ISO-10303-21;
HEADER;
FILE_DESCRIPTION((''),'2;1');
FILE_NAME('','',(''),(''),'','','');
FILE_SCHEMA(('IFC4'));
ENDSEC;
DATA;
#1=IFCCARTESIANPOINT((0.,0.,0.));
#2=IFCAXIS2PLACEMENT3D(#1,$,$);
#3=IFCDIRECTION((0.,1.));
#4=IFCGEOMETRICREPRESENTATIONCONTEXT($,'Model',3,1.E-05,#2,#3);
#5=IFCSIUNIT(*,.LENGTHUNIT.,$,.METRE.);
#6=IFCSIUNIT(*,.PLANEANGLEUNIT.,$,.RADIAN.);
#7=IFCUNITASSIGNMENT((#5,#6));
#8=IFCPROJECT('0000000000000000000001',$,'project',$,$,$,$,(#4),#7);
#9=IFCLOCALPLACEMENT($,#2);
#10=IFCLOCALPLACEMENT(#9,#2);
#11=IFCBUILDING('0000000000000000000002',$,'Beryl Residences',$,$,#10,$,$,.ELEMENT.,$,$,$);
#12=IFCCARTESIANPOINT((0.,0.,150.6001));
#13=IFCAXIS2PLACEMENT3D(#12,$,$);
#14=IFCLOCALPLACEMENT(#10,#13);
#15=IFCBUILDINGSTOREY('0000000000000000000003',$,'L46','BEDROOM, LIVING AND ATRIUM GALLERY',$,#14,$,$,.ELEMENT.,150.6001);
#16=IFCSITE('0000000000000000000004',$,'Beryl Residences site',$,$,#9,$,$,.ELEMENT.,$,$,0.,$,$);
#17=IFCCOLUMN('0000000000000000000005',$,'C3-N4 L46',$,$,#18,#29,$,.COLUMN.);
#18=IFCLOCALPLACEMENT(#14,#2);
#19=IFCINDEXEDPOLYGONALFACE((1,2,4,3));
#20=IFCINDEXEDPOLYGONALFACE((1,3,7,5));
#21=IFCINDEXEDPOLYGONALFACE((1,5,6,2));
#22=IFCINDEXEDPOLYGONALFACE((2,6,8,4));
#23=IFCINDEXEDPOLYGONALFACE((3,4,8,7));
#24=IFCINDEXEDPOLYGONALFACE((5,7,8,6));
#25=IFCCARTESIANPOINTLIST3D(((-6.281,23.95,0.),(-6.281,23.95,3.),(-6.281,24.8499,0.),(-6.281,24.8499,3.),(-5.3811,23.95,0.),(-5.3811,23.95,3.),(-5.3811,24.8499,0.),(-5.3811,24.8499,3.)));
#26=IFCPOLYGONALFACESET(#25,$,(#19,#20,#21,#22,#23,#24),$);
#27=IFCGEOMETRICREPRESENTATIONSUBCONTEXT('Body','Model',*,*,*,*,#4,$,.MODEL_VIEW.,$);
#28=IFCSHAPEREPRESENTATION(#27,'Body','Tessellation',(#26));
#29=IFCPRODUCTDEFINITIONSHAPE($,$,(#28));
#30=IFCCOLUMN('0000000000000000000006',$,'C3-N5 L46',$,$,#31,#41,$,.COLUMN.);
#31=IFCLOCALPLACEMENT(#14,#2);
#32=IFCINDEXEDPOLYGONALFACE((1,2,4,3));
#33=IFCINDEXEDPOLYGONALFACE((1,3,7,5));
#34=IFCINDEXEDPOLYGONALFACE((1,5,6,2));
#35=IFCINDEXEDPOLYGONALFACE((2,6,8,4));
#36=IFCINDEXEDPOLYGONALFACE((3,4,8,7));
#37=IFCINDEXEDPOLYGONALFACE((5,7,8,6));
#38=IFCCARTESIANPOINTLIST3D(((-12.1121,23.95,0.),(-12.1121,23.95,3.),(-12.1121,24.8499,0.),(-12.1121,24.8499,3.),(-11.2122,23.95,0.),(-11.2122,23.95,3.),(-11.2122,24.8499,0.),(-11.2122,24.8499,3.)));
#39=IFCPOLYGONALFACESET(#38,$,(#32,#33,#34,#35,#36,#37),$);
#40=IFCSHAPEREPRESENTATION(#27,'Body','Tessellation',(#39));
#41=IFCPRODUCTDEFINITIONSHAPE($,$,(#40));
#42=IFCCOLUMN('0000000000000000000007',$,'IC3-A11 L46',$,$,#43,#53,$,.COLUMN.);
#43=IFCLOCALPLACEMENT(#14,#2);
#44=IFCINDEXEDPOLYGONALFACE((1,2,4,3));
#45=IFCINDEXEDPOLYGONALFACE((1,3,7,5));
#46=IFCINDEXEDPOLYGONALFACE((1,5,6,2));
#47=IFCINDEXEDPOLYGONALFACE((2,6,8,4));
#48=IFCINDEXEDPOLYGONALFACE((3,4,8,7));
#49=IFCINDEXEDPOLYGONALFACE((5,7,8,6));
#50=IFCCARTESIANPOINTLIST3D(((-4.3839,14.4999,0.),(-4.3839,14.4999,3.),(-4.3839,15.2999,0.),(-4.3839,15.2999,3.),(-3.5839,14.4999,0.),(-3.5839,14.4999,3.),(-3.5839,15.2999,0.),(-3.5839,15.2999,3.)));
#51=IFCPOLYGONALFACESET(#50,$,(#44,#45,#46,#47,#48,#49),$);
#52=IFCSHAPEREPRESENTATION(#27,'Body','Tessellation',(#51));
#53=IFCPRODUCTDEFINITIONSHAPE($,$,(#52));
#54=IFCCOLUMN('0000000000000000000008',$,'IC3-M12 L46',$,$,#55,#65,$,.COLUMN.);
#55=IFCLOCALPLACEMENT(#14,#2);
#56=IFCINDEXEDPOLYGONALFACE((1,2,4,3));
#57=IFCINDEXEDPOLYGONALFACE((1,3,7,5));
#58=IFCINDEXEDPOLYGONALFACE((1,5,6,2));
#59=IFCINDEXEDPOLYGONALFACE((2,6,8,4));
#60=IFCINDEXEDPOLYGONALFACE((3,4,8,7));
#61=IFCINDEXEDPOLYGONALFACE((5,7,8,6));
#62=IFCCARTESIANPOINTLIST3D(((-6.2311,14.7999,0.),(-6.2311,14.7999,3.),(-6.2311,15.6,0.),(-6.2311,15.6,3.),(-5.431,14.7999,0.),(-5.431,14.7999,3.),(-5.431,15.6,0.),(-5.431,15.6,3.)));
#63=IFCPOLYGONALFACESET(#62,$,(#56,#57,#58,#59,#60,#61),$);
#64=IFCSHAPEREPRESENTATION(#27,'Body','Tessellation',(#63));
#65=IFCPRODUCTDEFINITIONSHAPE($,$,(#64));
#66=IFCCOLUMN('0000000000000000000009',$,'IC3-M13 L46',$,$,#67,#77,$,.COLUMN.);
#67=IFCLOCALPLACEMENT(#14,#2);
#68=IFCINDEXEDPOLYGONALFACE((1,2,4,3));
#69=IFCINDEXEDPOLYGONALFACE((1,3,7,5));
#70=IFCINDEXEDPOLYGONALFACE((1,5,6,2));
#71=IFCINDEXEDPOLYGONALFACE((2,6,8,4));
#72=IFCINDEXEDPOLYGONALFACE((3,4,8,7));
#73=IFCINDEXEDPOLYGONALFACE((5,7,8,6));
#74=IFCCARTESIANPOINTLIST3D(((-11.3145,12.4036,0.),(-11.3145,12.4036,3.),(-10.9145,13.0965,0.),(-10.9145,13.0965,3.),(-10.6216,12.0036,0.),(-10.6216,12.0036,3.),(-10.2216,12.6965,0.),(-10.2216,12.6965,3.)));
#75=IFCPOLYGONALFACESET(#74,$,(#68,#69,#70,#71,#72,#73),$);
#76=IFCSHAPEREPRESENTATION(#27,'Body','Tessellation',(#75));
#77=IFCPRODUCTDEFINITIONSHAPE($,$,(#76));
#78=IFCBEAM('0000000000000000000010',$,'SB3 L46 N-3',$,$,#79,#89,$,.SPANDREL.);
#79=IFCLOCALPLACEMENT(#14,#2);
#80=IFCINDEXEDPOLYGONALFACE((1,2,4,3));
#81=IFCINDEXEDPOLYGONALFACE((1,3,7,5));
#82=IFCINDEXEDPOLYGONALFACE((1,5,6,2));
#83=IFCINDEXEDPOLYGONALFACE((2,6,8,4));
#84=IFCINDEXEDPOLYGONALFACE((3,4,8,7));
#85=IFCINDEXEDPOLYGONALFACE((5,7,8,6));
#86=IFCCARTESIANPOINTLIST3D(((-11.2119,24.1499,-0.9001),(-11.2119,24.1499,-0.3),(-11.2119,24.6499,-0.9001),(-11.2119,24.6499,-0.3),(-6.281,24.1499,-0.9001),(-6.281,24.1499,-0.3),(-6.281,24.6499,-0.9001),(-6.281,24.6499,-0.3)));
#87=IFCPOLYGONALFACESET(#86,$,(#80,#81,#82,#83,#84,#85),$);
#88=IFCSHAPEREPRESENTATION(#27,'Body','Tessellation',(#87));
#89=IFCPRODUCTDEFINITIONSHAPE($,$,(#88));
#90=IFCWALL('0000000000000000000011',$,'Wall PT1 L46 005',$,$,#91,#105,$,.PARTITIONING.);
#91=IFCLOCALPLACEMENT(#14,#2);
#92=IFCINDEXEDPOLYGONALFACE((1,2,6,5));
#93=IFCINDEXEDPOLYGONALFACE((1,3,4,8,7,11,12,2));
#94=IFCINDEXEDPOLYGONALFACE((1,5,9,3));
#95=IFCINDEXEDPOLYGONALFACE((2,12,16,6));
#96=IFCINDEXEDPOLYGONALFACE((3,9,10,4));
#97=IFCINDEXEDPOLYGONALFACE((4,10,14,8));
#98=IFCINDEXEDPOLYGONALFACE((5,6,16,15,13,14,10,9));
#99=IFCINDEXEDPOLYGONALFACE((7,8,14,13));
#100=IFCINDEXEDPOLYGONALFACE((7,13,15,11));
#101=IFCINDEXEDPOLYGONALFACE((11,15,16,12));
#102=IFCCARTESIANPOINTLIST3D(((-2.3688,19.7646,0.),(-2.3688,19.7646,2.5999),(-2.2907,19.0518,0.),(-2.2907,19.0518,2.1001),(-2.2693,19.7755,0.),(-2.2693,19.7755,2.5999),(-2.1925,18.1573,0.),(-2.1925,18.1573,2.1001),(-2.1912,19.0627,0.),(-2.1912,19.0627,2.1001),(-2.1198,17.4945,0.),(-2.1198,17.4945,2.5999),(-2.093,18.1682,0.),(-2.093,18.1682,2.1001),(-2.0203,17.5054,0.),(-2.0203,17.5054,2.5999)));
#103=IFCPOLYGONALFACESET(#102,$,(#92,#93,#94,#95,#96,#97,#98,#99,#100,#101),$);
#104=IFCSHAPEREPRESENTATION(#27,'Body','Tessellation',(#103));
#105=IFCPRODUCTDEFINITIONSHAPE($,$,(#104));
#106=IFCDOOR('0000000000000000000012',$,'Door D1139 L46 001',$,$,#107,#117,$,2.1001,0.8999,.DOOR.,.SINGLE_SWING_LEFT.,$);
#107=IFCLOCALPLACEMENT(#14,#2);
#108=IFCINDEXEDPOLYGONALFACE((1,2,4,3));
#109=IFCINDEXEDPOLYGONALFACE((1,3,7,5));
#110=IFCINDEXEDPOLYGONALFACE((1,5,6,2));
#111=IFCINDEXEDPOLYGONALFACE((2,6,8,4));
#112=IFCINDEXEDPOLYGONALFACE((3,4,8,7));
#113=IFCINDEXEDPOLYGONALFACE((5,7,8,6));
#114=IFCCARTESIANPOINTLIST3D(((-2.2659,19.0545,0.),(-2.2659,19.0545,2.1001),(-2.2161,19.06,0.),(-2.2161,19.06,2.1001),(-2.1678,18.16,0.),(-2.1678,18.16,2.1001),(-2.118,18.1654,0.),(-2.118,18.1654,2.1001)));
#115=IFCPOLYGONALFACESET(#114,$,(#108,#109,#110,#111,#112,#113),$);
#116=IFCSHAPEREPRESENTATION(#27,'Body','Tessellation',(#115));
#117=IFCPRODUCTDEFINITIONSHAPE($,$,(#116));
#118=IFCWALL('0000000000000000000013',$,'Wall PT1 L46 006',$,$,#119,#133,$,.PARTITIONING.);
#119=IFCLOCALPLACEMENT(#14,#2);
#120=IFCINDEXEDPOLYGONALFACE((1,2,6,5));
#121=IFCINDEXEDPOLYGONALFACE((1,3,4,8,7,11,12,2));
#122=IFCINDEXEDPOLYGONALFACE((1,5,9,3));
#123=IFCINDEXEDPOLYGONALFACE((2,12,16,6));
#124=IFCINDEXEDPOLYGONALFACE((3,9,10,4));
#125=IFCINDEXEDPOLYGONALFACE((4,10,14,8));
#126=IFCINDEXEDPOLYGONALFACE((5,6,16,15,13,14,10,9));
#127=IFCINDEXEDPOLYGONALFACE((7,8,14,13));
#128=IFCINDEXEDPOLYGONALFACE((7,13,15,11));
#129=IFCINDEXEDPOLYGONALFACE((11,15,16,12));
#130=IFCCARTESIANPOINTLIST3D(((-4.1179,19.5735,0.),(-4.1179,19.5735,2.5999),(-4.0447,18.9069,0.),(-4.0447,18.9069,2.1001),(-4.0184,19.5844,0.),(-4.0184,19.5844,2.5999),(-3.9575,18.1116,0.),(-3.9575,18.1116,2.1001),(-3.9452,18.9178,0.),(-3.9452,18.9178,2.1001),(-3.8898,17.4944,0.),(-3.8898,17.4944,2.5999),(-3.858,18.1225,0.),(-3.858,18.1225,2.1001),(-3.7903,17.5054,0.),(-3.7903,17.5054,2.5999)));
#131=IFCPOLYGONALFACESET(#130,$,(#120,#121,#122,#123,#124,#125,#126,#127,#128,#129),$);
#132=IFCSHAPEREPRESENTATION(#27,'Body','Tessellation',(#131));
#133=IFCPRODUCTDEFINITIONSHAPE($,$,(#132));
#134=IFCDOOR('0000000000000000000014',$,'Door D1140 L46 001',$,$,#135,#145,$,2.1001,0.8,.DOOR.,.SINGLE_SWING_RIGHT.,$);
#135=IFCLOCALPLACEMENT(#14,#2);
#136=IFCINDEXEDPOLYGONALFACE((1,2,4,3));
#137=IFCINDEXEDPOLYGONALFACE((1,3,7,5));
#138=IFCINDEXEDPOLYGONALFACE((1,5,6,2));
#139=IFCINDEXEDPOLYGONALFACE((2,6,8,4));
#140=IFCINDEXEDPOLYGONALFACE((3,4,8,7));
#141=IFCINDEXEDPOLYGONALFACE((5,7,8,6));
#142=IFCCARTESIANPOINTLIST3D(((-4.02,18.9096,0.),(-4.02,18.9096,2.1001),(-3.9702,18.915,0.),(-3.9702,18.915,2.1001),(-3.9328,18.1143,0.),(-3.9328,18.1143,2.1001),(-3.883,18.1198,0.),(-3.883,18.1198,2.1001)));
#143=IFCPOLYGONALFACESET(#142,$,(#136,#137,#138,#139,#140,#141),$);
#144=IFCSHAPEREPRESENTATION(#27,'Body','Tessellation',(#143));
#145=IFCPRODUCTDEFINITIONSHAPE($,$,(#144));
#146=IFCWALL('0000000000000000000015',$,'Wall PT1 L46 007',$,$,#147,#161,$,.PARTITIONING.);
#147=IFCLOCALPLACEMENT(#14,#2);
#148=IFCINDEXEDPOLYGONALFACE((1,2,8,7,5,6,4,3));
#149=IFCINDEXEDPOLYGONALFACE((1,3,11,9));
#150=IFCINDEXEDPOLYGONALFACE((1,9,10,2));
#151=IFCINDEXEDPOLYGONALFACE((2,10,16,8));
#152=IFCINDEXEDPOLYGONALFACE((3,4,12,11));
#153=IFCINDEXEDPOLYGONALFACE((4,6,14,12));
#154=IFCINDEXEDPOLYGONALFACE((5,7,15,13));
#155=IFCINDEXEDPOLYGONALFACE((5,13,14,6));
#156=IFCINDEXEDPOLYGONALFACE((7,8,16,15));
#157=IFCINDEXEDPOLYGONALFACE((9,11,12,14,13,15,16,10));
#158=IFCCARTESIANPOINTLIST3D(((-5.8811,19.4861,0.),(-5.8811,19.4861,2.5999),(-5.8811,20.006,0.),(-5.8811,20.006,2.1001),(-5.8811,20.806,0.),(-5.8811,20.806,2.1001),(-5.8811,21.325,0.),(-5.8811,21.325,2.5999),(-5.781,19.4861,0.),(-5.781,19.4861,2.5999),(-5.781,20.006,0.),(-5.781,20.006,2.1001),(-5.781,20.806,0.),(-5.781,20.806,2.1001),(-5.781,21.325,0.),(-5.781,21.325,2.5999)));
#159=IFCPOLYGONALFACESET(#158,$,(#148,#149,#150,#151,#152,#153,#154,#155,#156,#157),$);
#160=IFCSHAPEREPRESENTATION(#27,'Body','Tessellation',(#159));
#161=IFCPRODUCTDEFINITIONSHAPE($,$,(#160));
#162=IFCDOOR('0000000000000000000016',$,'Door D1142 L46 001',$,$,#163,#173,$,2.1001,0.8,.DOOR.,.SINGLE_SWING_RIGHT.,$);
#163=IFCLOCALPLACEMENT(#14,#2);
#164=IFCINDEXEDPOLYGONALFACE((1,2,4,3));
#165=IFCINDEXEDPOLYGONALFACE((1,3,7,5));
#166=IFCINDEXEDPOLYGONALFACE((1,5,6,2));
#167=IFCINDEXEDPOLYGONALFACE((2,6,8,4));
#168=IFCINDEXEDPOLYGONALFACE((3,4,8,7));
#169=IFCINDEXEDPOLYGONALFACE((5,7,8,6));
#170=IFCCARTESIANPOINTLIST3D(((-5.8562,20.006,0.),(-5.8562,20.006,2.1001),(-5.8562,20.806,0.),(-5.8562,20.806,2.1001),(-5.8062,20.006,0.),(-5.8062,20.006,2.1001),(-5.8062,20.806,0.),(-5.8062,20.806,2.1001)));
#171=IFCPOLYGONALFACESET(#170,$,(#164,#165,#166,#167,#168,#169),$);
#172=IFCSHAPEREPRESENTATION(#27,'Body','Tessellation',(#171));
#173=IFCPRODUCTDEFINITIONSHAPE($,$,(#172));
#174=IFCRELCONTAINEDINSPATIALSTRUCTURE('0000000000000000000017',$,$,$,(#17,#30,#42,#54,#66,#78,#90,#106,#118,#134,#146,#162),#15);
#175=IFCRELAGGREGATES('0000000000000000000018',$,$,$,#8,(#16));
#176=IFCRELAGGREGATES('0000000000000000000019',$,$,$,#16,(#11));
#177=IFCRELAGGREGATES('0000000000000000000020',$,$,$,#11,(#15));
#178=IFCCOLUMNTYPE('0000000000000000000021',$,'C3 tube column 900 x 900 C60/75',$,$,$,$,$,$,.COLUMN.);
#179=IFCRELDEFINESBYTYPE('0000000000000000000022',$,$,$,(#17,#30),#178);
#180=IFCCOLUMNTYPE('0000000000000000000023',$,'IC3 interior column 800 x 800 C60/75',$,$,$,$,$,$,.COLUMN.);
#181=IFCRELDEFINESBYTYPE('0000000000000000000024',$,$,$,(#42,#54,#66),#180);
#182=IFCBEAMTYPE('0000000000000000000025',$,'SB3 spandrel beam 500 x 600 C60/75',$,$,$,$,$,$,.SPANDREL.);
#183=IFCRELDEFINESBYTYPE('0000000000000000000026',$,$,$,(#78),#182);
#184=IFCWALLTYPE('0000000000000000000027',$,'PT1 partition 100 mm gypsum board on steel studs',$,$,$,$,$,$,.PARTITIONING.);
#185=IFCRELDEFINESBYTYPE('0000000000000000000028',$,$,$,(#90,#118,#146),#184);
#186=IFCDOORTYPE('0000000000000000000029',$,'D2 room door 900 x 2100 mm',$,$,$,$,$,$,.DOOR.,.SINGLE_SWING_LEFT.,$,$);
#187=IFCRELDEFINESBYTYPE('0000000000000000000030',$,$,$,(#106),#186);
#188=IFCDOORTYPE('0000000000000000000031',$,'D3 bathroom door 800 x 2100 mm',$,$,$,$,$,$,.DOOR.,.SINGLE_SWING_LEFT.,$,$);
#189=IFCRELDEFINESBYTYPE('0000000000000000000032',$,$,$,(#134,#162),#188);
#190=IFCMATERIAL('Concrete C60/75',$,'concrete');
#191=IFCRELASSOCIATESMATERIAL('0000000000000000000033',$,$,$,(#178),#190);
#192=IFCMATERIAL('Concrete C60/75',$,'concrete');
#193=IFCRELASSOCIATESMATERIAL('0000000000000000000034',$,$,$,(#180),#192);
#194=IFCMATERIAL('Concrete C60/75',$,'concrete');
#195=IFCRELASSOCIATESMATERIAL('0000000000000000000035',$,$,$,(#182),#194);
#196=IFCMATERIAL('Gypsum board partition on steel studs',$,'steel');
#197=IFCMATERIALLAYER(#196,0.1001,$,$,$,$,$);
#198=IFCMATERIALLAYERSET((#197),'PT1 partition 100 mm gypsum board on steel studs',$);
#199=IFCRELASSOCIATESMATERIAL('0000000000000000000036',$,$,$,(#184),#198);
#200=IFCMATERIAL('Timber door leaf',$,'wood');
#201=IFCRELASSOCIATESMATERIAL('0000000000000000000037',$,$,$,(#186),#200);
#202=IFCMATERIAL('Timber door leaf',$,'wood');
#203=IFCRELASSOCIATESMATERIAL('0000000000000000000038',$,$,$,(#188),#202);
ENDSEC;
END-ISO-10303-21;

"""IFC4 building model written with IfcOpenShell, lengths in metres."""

from ifc_helpers import new_model, si_unit, direction, frame, frame_2d, origin, origin_2d, place, context, subcontext, project, spatial, rectangle, extrude, material, layer, layer_set, material_profile, profile_set, type_object, element, fill, save


model = new_model("IFC4")

# Units and contexts
model_context = context("Model", 3, precision=1e-05, world=origin(), true_north=direction((0.0, 1.0)))
body_context = subcontext(model_context, "Body", "Model", "MODEL_VIEW")
ifc_project = project(units=[si_unit("LENGTHUNIT", "METRE"), si_unit("PLANEANGLEUNIT", "RADIAN")], contexts=[model_context])

# Site, building, storey
site_placement = place(None, origin())
site = spatial("IfcSite", under=ifc_project, at=site_placement, Name="Beryl Residences site", CompositionType="ELEMENT", RefElevation=0.0)
building_placement = place(site_placement, origin())
building = spatial("IfcBuilding", under=site, at=building_placement, Name="Beryl Residences", CompositionType="ELEMENT")
storey_placement = place(building_placement, frame((0.0, 0.0, 150.6001)))
storey = spatial("IfcBuildingStorey", under=building, at=storey_placement, Name="L46", Description="BEDROOM, LIVING AND ATRIUM GALLERY", CompositionType="ELEMENT", Elevation=150.6001)

# Columns
ifc_material_1 = material(Name="Concrete C60/75", Category="concrete")
ifc_material_profile_1 = material_profile(ifc_material_1, rectangle(XDim=0.8999, YDim=0.8999, at=origin_2d()))
ifc_profile_set_1 = profile_set([ifc_material_profile_1], Name="Concrete C60/75")
column_type_1 = type_object("IfcColumnType", Name="C3 tube column 900 x 900 C60/75", PredefinedType="COLUMN", material=ifc_profile_set_1)
for number, where, z_axis, x_axis, name in (
    (1, (-5.8311, 24.3999, 0.0), (0.0, 0.0, 1.0), (-1.0, 0.0, 0.0), "C3-N4 L46"),
    (2, (-11.6621, 24.3999, 0.0), (0.0, 0.0, 1.0), (-1.0, 0.0, 0.0), "C3-N5 L46"),
):
    element("IfcColumn", number, at=place(storey_placement, frame(where, z_axis=z_axis, x_axis=x_axis)), inside=storey, type_object=column_type_1, Name=name, PredefinedType="COLUMN", context=body_context, shape_type="SweptSolid", body=[
        extrude(rectangle(XDim=0.8999, YDim=0.8999, at=origin_2d()), origin(), (0.0, 0.0, 1.0), 3.0),
    ])
ifc_material_2 = material(Name="Concrete C60/75", Category="concrete")
ifc_material_profile_2 = material_profile(ifc_material_2, rectangle(XDim=0.8, YDim=0.8, at=origin_2d()))
ifc_profile_set_2 = profile_set([ifc_material_profile_2], Name="Concrete C60/75")
column_type_2 = type_object("IfcColumnType", Name="IC3 interior column 800 x 800 C60/75", PredefinedType="COLUMN", material=ifc_profile_set_2)
for number, where, z_axis, x_axis, name in (
    (3, (-3.9839, 14.8999, 0.0), (0.0, 0.0, 1.0), (1.0, 0.0, 0.0), "IC3-A11 L46"),
    (4, (-5.8311, 15.2, 0.0), (0.0, 0.0, 1.0), (-1.0, 0.0, 0.0), "IC3-M12 L46"),
    (5, (-10.7681, 12.55, 0.0), (0.0, 0.0, 1.0), (-0.5, -0.866025, 0.0), "IC3-M13 L46"),
):
    element("IfcColumn", number, at=place(storey_placement, frame(where, z_axis=z_axis, x_axis=x_axis)), inside=storey, type_object=column_type_2, Name=name, PredefinedType="COLUMN", context=body_context, shape_type="SweptSolid", body=[
        extrude(rectangle(XDim=0.8, YDim=0.8, at=origin_2d()), origin(), (0.0, 0.0, 1.0), 3.0),
    ])

# Beam
ifc_material_3 = material(Name="Concrete C60/75", Category="concrete")
ifc_material_profile_3 = material_profile(ifc_material_3, rectangle(XDim=0.5, YDim=0.6001, at=origin_2d()))
ifc_profile_set_3 = profile_set([ifc_material_profile_3], Name="Concrete C60/75")
beam_type = type_object("IfcBeamType", Name="SB3 spandrel beam 500 x 600 C60/75", PredefinedType="SPANDREL", material=ifc_profile_set_3)
beam_placement = place(storey_placement, frame((-6.281, 24.3999, -0.6001), z_axis=(-1.0, 0.0, 0.0), x_axis=(0.0, -1.0, 0.0)))
element("IfcBeam", 6, at=beam_placement, inside=storey, type_object=beam_type, Name="SB3 L46 N-3", PredefinedType="SPANDREL", context=body_context, shape_type="SweptSolid", body=[
    extrude(rectangle(XDim=0.5, YDim=0.6001, at=origin_2d()), origin(), (0.0, 0.0, 1.0), 4.9309),
])

# Walls, openings, doors
ifc_material_4 = material(Name="Gypsum board partition on steel studs", Category="steel")
ifc_layer_1 = layer(ifc_material_4, 0.1001)
ifc_layer_set_1 = layer_set([ifc_layer_1], Name="PT1 partition 100 mm gypsum board on steel studs")
wall_type_1 = type_object("IfcWallType", Name="PT1 partition 100 mm gypsum board on steel studs", PredefinedType="PARTITIONING", material=ifc_layer_set_1)
wall_1_placement = place(storey_placement, frame((-2.3191, 19.77, 0.0), z_axis=(0.0, 0.0, 1.0), x_axis=(0.109047, -0.994037, 0.0)))
wall_1 = element("IfcWall", 7, at=wall_1_placement, inside=storey, type_object=wall_type_1, Name="Wall PT1 L46 005", PredefinedType="PARTITIONING", context=body_context, shape_type="SweptSolid", body=[
    extrude(rectangle(XDim=2.2837, YDim=0.1001, at=frame_2d((1.1418, 0.0))), origin(), (0.0, 0.0, 1.0), 2.5999),
])
opening_1_placement = place(wall_1_placement, frame((0.717, 0.0, 0.0)))
opening_1 = element("IfcOpeningElement", 8, at=opening_1_placement, cuts=wall_1, PredefinedType="OPENING", context=body_context, shape_type="SweptSolid", body=[
    extrude(rectangle(XDim=0.8999, YDim=2.1001, at=frame_2d((0.45, 1.05))), frame((0.0, 0.0601, 0.0), z_axis=(0.0, -1.0, 0.0), x_axis=(1.0, 0.0, 0.0)), (0.0, 0.0, 1.0), 0.1201),
])
ifc_material_5 = material(Name="Timber door leaf", Category="wood")
door_type_1 = type_object("IfcDoorType", Name="D2 room door 900 x 2100 mm", OperationType="SINGLE_SWING_LEFT", PredefinedType="DOOR", material=ifc_material_5)
door_1_placement = place(opening_1_placement, origin())
door_1 = element("IfcDoor", 9, at=door_1_placement, inside=storey, type_object=door_type_1, Name="Door D1139 L46 001", OperationType="SINGLE_SWING_LEFT", OverallHeight=2.1001, OverallWidth=0.8999, PredefinedType="DOOR", context=body_context, shape_type="SweptSolid", body=[
    extrude(rectangle(XDim=0.8999, YDim=2.1001, at=frame_2d((0.45, 1.05))), frame((0.0, 0.0249, 0.0), z_axis=(0.0, -1.0, 0.0), x_axis=(1.0, 0.0, 0.0)), (0.0, 0.0, 1.0), 0.05),
])
fill(opening_1, door_1)
wall_2_placement = place(storey_placement, frame((-4.0681, 19.5791, 0.0), z_axis=(0.0, 0.0, 1.0), x_axis=(0.109022, -0.994039, 0.0)))
wall_2 = element("IfcWall", 10, at=wall_2_placement, inside=storey, type_object=wall_type_1, Name="Wall PT1 L46 006", PredefinedType="PARTITIONING", context=body_context, shape_type="SweptSolid", body=[
    extrude(rectangle(XDim=2.0916, YDim=0.1001, at=frame_2d((1.0459, 0.0))), origin(), (0.0, 0.0, 1.0), 2.5999),
])
opening_2_placement = place(wall_2_placement, frame((0.6709, 0.0, 0.0)))
opening_2 = element("IfcOpeningElement", 11, at=opening_2_placement, cuts=wall_2, PredefinedType="OPENING", context=body_context, shape_type="SweptSolid", body=[
    extrude(rectangle(XDim=0.8, YDim=2.1001, at=frame_2d((0.3999, 1.05))), frame((0.0, 0.0601, 0.0), z_axis=(0.0, -1.0, 0.0), x_axis=(1.0, 0.0, 0.0)), (0.0, 0.0, 1.0), 0.1201),
])
ifc_material_6 = material(Name="Timber door leaf", Category="wood")
door_type_2 = type_object("IfcDoorType", Name="D3 bathroom door 800 x 2100 mm", OperationType="SINGLE_SWING_LEFT", PredefinedType="DOOR", material=ifc_material_6)
door_2_placement = place(opening_2_placement, origin())
door_2 = element("IfcDoor", 12, at=door_2_placement, inside=storey, type_object=door_type_2, Name="Door D1140 L46 001", OperationType="SINGLE_SWING_RIGHT", OverallHeight=2.1001, OverallWidth=0.8, PredefinedType="DOOR", context=body_context, shape_type="SweptSolid", body=[
    extrude(rectangle(XDim=0.8, YDim=2.1001, at=frame_2d((0.3999, 1.05))), frame((0.0, 0.0249, 0.0), z_axis=(0.0, -1.0, 0.0), x_axis=(1.0, 0.0, 0.0)), (0.0, 0.0, 1.0), 0.05),
])
fill(opening_2, door_2)
wall_3_placement = place(storey_placement, frame((-5.8311, 21.325, 0.0), z_axis=(0.0, 0.0, 1.0), x_axis=(0.0, -1.0, 0.0)))
wall_3 = element("IfcWall", 13, at=wall_3_placement, inside=storey, type_object=wall_type_1, Name="Wall PT1 L46 007", PredefinedType="PARTITIONING", context=body_context, shape_type="SweptSolid", body=[
    extrude(rectangle(XDim=1.8389, YDim=0.1001, at=frame_2d((0.9194, 0.0))), origin(), (0.0, 0.0, 1.0), 2.5999),
])
opening_3_placement = place(wall_3_placement, frame((0.519, 0.0, 0.0)))
opening_3 = element("IfcOpeningElement", 14, at=opening_3_placement, cuts=wall_3, PredefinedType="OPENING", context=body_context, shape_type="SweptSolid", body=[
    extrude(rectangle(XDim=0.8, YDim=2.1001, at=frame_2d((0.3999, 1.05))), frame((0.0, 0.0601, 0.0), z_axis=(0.0, -1.0, 0.0), x_axis=(1.0, 0.0, 0.0)), (0.0, 0.0, 1.0), 0.1201),
])
door_3_placement = place(opening_3_placement, origin())
door_3 = element("IfcDoor", 15, at=door_3_placement, inside=storey, type_object=door_type_2, Name="Door D1142 L46 001", OperationType="SINGLE_SWING_RIGHT", OverallHeight=2.1001, OverallWidth=0.8, PredefinedType="DOOR", context=body_context, shape_type="SweptSolid", body=[
    extrude(rectangle(XDim=0.8, YDim=2.1001, at=frame_2d((0.3999, 1.05))), frame((0.0, 0.0249, 0.0), z_axis=(0.0, -1.0, 0.0), x_axis=(1.0, 0.0, 0.0)), (0.0, 0.0, 1.0), 0.05),
])
fill(opening_3, door_3)

save(model, "model.ifc")
